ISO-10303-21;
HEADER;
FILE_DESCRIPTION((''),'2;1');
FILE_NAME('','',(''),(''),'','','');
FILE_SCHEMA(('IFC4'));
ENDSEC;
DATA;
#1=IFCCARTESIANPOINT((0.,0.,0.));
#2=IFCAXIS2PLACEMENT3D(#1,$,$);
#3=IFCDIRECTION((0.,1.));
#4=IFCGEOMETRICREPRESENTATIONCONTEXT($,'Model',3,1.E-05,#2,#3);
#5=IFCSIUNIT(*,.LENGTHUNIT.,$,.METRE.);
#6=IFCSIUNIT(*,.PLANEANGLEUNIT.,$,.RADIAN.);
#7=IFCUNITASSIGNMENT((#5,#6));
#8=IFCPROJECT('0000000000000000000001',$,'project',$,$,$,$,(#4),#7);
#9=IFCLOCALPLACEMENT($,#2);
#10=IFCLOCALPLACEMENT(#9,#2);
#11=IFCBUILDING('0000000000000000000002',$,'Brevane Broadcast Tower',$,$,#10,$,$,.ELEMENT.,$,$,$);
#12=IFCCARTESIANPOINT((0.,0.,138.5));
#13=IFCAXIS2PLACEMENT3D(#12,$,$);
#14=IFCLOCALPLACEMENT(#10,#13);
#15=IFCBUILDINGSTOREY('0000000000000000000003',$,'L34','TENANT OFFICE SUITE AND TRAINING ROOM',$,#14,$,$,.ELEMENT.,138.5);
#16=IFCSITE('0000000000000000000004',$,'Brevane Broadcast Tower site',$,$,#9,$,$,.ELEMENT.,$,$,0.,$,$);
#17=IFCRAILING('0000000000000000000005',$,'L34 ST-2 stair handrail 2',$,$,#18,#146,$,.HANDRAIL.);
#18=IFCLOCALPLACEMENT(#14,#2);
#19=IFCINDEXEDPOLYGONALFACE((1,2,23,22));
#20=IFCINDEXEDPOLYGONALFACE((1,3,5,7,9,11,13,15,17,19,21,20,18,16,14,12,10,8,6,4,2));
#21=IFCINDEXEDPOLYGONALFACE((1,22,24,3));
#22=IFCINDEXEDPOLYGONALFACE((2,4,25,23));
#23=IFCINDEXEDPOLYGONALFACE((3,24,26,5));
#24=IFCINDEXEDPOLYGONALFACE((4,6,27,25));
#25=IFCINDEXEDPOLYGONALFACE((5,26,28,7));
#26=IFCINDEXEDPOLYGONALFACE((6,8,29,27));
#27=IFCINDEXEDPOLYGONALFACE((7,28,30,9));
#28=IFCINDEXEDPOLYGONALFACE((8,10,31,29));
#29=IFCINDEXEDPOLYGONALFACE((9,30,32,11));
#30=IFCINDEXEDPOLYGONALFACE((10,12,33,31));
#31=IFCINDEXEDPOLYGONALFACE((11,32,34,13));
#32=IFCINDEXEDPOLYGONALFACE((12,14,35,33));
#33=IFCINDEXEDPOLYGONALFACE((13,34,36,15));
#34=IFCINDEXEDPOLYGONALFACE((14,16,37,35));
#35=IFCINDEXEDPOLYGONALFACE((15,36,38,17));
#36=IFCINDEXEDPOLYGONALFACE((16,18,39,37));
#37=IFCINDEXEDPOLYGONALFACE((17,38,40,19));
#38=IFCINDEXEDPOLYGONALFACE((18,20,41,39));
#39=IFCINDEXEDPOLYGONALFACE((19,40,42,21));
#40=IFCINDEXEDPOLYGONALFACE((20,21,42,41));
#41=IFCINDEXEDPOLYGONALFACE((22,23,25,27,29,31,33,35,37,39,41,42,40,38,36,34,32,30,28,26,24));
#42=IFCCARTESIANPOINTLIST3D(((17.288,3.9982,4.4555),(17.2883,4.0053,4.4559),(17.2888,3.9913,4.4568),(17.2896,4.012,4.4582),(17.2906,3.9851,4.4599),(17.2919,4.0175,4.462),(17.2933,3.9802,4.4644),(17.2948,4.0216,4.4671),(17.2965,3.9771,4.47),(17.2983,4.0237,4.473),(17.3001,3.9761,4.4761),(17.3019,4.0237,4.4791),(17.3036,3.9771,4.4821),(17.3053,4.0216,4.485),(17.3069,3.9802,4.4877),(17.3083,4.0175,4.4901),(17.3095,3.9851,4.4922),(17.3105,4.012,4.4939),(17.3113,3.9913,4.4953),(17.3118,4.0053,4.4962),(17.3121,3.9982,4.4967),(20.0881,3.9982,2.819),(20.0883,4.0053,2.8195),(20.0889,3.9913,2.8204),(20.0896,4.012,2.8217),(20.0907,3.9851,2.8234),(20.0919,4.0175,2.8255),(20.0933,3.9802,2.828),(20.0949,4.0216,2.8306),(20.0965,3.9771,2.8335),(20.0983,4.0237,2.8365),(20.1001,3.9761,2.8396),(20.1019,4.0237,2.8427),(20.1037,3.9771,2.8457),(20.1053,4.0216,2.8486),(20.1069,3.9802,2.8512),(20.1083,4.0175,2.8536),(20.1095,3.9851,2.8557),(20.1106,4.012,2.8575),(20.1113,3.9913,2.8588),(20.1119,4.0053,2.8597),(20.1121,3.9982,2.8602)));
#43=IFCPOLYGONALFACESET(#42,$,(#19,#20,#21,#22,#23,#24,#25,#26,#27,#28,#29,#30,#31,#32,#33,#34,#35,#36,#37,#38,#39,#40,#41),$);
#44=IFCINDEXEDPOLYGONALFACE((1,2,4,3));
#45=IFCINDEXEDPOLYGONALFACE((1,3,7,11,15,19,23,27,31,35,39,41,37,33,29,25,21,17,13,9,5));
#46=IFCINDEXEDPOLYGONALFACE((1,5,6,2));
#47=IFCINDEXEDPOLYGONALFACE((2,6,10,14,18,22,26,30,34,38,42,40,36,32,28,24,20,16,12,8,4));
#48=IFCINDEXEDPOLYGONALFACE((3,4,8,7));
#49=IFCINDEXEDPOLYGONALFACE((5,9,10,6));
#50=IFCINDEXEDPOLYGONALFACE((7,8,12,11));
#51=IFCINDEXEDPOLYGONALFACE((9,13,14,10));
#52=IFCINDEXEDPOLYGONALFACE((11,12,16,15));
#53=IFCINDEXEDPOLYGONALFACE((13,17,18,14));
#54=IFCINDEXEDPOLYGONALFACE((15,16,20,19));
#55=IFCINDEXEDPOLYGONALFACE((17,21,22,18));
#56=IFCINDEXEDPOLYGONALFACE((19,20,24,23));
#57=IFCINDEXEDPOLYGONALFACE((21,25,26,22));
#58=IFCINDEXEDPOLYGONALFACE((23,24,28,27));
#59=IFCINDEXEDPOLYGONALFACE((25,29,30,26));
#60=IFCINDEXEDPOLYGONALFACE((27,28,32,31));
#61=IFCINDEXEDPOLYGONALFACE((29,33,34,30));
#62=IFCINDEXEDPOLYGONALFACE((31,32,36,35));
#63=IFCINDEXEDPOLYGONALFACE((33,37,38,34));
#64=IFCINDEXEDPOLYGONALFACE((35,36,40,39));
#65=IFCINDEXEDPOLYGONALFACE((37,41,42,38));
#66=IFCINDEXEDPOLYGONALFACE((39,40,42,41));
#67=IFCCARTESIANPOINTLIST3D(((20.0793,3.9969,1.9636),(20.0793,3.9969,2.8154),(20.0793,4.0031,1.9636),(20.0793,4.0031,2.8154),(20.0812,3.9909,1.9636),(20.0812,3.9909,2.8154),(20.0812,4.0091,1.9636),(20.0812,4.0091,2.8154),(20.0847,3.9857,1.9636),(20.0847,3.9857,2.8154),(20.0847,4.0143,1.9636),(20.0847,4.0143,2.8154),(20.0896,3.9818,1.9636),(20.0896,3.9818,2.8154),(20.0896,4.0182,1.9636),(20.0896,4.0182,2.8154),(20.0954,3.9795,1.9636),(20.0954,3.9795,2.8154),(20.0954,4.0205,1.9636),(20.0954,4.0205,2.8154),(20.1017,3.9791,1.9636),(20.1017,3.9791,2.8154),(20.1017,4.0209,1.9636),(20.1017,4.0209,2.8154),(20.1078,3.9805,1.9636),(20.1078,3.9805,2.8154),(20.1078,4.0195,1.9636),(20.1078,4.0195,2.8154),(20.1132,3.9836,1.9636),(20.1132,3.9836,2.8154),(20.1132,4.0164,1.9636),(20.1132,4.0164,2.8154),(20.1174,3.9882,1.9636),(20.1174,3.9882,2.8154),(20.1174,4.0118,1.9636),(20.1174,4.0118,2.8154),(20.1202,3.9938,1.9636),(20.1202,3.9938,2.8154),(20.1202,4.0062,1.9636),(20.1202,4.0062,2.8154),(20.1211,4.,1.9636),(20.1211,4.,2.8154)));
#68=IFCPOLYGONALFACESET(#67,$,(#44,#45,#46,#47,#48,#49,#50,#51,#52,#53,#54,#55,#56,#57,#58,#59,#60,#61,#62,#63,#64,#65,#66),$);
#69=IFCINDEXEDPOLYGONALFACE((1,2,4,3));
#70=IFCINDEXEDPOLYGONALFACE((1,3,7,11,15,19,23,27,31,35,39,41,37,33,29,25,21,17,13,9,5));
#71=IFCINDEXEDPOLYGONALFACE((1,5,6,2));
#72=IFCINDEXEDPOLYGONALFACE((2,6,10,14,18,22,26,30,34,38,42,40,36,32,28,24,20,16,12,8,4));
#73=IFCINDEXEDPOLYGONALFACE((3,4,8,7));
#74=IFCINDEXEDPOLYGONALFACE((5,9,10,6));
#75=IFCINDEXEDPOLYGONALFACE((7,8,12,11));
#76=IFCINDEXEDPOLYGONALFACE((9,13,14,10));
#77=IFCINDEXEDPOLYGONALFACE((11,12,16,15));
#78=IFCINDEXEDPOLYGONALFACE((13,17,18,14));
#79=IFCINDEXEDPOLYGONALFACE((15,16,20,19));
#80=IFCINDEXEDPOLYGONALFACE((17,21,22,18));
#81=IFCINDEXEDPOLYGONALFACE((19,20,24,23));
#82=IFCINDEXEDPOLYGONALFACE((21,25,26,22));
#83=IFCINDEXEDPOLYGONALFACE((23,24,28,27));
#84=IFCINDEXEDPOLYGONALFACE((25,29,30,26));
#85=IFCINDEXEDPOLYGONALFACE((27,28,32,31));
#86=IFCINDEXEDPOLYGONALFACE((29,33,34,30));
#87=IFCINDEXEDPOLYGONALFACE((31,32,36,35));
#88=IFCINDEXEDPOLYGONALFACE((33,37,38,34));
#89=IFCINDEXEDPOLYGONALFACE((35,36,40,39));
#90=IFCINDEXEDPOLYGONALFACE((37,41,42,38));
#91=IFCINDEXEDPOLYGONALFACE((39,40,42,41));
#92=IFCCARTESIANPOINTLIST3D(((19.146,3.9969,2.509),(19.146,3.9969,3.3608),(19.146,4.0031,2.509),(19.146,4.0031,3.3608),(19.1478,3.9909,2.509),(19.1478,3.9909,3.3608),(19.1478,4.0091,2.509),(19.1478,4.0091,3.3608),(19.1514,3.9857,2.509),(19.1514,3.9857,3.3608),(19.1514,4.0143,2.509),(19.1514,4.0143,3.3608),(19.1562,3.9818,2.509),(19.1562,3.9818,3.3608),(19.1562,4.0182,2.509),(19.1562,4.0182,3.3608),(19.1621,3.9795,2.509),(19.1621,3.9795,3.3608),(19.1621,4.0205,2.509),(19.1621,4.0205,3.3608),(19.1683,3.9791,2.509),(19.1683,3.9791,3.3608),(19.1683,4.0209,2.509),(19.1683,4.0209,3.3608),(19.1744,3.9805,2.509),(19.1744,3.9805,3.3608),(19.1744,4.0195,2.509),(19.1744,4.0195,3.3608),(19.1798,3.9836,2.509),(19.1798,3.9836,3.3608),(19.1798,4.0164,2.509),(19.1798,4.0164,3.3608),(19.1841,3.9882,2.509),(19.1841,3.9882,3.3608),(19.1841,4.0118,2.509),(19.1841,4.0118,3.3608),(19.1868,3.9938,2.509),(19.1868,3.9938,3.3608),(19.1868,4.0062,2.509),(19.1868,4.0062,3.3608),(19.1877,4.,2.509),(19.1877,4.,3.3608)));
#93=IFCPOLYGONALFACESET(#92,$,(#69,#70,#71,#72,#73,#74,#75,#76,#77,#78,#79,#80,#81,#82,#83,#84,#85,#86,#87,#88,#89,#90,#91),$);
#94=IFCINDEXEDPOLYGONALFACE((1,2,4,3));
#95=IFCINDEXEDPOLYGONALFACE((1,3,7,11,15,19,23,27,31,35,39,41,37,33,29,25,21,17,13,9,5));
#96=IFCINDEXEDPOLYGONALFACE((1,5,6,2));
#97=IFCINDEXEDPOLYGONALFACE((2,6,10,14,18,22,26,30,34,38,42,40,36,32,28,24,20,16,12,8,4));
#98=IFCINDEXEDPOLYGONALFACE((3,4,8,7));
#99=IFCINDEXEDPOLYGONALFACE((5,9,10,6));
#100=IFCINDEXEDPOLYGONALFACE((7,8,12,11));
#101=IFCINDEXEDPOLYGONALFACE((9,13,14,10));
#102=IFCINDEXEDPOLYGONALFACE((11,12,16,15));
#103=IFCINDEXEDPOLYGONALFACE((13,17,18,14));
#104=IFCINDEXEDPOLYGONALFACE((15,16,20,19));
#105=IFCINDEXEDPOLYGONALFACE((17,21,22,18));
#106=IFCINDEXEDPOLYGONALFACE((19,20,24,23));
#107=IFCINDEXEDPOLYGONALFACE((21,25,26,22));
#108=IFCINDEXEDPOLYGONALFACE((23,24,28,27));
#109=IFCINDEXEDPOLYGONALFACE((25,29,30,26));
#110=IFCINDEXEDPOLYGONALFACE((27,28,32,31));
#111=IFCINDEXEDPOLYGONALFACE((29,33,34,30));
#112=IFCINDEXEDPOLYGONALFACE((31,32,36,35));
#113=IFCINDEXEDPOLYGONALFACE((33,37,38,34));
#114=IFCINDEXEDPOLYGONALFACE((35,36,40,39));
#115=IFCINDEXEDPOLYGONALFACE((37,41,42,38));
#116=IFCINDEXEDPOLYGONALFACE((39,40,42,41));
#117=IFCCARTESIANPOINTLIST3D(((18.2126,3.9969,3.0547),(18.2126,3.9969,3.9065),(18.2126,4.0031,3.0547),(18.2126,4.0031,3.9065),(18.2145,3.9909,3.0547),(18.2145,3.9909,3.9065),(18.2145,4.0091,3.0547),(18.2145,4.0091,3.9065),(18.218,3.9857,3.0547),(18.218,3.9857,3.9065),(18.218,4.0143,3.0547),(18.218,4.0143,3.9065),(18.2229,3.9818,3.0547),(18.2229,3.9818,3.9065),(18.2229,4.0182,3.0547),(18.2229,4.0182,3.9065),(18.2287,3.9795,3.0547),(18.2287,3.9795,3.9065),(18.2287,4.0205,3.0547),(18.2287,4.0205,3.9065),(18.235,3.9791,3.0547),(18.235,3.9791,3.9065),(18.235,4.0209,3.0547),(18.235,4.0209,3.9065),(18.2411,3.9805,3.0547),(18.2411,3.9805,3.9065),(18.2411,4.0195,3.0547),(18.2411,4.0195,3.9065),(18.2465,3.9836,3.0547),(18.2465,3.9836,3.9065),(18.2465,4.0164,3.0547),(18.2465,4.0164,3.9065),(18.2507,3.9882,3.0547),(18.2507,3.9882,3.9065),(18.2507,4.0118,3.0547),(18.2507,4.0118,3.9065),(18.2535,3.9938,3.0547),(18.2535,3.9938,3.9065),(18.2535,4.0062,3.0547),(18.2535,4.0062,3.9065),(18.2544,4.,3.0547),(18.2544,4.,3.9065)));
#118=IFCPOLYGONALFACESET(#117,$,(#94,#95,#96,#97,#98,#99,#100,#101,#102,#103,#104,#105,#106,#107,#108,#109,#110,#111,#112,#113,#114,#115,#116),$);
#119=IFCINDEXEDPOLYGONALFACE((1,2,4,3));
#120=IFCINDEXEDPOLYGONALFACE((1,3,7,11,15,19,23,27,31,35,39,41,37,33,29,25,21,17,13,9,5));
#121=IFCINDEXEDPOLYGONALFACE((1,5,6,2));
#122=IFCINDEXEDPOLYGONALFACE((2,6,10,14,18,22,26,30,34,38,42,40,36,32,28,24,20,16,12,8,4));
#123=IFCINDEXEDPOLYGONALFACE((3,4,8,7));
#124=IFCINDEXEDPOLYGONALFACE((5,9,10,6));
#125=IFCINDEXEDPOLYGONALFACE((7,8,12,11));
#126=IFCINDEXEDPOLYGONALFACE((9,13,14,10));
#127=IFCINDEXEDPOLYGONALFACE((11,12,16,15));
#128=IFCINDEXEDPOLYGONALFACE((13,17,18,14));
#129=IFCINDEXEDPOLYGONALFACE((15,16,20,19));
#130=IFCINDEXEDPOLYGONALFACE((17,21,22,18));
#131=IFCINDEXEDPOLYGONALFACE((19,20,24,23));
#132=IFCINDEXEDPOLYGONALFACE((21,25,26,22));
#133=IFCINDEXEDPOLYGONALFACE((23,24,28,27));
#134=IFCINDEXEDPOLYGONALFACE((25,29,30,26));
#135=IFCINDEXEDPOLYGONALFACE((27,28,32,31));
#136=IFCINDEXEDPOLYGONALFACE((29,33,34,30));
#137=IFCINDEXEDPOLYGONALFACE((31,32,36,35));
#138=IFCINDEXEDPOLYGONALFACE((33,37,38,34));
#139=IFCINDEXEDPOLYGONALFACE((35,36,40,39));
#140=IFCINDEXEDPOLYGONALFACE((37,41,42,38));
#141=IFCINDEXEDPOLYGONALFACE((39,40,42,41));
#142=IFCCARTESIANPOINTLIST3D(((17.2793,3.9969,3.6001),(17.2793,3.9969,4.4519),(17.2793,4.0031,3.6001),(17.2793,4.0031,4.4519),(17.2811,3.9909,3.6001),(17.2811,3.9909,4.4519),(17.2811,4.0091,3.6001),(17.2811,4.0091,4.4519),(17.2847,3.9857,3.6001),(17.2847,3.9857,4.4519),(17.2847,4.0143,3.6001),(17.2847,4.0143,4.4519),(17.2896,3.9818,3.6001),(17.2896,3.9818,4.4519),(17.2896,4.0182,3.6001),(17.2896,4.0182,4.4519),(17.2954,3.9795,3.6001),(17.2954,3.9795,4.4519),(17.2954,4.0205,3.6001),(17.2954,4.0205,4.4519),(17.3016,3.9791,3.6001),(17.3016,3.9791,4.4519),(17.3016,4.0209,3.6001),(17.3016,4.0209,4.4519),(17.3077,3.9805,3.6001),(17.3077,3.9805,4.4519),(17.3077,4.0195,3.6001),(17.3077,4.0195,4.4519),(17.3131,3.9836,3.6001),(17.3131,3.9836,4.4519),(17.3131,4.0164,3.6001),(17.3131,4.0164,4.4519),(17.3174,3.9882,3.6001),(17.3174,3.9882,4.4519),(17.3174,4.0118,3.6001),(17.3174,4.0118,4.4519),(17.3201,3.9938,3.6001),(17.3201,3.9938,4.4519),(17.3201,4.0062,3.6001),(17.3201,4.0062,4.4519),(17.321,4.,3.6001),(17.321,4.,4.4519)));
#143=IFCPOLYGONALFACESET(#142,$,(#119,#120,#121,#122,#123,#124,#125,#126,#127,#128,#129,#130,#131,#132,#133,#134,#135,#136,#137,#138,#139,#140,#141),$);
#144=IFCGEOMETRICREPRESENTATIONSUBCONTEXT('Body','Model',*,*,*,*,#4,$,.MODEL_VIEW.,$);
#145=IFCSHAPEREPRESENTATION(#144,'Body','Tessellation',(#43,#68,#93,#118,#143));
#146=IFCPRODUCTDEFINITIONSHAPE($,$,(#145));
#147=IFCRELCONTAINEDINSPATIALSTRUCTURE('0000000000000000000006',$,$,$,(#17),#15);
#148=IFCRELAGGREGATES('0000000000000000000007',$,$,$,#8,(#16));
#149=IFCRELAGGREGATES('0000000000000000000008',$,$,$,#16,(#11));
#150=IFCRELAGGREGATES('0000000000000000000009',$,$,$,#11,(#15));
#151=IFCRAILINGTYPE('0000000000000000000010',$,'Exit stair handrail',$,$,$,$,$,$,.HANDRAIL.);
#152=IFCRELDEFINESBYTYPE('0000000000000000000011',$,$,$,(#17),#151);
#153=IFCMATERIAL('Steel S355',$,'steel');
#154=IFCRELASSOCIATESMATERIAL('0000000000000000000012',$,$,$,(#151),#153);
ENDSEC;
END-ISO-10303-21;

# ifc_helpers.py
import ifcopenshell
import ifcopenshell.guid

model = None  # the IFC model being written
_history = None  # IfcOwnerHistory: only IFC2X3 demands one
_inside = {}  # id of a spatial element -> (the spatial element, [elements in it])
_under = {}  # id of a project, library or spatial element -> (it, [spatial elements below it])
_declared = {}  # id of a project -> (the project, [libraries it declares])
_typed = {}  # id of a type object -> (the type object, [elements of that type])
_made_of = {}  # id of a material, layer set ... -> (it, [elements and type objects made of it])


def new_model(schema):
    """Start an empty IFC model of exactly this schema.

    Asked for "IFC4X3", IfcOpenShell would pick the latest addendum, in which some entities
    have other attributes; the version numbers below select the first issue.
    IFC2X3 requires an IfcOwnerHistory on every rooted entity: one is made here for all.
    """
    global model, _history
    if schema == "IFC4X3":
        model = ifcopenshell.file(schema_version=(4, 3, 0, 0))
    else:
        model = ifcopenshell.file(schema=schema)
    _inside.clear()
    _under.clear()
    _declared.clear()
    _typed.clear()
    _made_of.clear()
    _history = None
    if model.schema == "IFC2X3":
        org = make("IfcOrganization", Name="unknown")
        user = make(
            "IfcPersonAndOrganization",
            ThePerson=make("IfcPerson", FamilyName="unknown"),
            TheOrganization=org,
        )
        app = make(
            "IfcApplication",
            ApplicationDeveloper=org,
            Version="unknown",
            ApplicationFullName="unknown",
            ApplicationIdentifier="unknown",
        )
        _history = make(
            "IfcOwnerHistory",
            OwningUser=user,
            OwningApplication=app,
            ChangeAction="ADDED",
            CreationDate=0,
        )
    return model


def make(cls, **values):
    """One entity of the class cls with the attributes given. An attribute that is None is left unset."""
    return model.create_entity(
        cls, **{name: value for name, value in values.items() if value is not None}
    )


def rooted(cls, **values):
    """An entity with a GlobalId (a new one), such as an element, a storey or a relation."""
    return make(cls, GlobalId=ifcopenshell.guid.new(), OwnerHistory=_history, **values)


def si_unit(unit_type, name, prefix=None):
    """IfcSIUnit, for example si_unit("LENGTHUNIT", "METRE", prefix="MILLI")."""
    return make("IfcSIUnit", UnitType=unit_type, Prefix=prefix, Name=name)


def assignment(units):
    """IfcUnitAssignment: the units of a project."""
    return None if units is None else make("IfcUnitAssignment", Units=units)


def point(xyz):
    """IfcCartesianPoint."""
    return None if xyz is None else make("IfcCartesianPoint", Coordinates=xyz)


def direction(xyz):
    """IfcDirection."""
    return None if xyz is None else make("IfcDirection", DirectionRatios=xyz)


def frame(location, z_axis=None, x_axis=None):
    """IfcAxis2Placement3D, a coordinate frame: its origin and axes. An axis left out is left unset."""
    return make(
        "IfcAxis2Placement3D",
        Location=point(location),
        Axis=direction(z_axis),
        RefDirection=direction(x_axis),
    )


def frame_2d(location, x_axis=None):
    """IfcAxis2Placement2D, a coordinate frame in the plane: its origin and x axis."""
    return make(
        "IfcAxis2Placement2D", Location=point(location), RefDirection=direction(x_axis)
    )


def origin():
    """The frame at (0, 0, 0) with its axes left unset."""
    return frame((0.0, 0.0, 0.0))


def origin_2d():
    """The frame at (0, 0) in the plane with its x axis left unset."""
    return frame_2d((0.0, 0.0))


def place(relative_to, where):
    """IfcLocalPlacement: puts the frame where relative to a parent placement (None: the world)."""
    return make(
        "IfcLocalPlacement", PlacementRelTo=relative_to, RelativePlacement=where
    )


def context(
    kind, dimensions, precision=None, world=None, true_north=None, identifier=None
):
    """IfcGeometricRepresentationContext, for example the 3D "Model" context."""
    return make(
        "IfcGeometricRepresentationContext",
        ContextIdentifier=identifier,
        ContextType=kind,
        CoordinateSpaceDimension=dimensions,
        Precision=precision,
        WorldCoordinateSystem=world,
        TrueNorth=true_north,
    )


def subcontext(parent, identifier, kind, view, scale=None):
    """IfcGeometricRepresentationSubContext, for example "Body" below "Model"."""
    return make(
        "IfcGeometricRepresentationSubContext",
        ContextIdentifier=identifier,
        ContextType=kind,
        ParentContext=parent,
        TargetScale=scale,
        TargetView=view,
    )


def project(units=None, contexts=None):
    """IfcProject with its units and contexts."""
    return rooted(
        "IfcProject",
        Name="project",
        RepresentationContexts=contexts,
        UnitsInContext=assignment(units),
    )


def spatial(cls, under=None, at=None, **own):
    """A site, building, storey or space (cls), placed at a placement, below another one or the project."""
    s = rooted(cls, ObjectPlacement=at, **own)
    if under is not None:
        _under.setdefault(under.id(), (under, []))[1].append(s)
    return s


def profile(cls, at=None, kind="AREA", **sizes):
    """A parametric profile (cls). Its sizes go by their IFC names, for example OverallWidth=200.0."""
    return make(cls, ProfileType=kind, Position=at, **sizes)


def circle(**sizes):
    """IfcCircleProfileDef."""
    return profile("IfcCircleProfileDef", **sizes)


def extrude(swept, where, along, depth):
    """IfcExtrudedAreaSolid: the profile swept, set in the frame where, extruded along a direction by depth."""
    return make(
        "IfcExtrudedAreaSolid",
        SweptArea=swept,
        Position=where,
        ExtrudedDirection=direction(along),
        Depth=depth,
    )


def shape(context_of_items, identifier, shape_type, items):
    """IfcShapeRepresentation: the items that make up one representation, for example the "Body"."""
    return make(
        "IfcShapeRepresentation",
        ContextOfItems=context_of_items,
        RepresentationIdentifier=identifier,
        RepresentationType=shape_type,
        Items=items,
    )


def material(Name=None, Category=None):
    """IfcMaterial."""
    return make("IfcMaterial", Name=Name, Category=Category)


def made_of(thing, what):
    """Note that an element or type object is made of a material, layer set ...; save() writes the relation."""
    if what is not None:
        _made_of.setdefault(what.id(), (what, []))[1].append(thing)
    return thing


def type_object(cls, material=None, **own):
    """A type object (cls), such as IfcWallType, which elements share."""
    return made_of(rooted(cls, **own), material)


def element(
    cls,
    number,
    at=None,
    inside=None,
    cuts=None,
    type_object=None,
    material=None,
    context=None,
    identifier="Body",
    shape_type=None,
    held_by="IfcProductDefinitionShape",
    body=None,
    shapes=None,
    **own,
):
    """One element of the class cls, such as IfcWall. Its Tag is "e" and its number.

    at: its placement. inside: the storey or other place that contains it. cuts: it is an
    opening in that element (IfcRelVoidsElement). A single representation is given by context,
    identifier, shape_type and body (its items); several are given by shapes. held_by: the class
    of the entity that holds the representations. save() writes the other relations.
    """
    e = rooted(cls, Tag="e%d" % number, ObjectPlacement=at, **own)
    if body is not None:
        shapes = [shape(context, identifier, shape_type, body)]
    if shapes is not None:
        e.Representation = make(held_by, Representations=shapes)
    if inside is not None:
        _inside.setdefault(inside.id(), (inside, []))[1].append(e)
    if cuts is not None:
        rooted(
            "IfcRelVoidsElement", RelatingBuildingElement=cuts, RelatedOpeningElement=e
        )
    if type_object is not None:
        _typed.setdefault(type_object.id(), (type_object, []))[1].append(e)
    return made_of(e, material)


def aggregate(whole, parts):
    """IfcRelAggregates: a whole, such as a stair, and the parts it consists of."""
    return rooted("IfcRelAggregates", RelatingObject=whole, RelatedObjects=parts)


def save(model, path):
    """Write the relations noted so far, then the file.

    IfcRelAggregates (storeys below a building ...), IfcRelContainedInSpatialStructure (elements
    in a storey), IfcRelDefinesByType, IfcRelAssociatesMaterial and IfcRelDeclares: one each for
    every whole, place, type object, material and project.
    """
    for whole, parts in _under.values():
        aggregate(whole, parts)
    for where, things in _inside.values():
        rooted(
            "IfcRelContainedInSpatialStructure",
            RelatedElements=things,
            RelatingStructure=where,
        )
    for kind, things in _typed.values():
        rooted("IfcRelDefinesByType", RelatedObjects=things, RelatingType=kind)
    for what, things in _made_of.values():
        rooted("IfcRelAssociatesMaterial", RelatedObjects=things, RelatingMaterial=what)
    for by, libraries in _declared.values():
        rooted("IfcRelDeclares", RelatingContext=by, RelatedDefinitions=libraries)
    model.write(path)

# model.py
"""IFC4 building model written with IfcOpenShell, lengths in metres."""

from ifc_helpers import new_model, si_unit, direction, frame, origin, origin_2d, place, context, subcontext, project, spatial, circle, extrude, material, type_object, element, save


model = new_model("IFC4")

# Units and contexts
model_context = context("Model", 3, precision=1e-05, world=origin(), true_north=direction((0.0, 1.0)))
body_context = subcontext(model_context, "Body", "Model", "MODEL_VIEW")
ifc_project = project(units=[si_unit("LENGTHUNIT", "METRE"), si_unit("PLANEANGLEUNIT", "RADIAN")], contexts=[model_context])

# Site, building, storey
site_placement = place(None, origin())
site = spatial("IfcSite", under=ifc_project, at=site_placement, Name="Brevane Broadcast Tower site", CompositionType="ELEMENT", RefElevation=0.0)
building_placement = place(site_placement, origin())
building = spatial("IfcBuilding", under=site, at=building_placement, Name="Brevane Broadcast Tower", CompositionType="ELEMENT")
storey_placement = place(building_placement, frame((0.0, 0.0, 138.5)))
storey = spatial("IfcBuildingStorey", under=building, at=storey_placement, Name="L34", Description="TENANT OFFICE SUITE AND TRAINING ROOM", CompositionType="ELEMENT", Elevation=138.5)

# Railing
ifc_material_1 = material(Name="Steel S355", Category="steel")
railing_type_1 = type_object("IfcRailingType", Name="Exit stair handrail", PredefinedType="HANDRAIL", material=ifc_material_1)
railing_1_placement = place(storey_placement, frame((20.1001, 4.0, 1.9636)))
element("IfcRailing", 1, at=railing_1_placement, inside=storey, type_object=railing_type_1, Name="L34 ST-2 stair handrail 2", PredefinedType="HANDRAIL", context=body_context, shape_type="SweptSolid", body=[
    extrude(circle(Radius=0.0239, at=origin_2d()), frame((0.0, 0.0, 0.876), z_axis=(-0.863361, 0.0, 0.504587), x_axis=(0.0, -1.0, 0.0)), (0.0, 0.0, 1.0), 3.2432),
    extrude(circle(Radius=0.021, at=origin_2d()), origin(), (0.0, 0.0, 1.0), 0.8518),
    extrude(circle(Radius=0.021, at=origin_2d()), frame((-0.9333, 0.0, 0.5454)), (0.0, 0.0, 1.0), 0.8518),
    extrude(circle(Radius=0.021, at=origin_2d()), frame((-1.8667, 0.0, 1.0911)), (0.0, 0.0, 1.0), 0.8518),
    extrude(circle(Radius=0.021, at=origin_2d()), frame((-2.8, 0.0, 1.6365)), (0.0, 0.0, 1.0), 0.8518),
])

save(model, "model.ifc")
